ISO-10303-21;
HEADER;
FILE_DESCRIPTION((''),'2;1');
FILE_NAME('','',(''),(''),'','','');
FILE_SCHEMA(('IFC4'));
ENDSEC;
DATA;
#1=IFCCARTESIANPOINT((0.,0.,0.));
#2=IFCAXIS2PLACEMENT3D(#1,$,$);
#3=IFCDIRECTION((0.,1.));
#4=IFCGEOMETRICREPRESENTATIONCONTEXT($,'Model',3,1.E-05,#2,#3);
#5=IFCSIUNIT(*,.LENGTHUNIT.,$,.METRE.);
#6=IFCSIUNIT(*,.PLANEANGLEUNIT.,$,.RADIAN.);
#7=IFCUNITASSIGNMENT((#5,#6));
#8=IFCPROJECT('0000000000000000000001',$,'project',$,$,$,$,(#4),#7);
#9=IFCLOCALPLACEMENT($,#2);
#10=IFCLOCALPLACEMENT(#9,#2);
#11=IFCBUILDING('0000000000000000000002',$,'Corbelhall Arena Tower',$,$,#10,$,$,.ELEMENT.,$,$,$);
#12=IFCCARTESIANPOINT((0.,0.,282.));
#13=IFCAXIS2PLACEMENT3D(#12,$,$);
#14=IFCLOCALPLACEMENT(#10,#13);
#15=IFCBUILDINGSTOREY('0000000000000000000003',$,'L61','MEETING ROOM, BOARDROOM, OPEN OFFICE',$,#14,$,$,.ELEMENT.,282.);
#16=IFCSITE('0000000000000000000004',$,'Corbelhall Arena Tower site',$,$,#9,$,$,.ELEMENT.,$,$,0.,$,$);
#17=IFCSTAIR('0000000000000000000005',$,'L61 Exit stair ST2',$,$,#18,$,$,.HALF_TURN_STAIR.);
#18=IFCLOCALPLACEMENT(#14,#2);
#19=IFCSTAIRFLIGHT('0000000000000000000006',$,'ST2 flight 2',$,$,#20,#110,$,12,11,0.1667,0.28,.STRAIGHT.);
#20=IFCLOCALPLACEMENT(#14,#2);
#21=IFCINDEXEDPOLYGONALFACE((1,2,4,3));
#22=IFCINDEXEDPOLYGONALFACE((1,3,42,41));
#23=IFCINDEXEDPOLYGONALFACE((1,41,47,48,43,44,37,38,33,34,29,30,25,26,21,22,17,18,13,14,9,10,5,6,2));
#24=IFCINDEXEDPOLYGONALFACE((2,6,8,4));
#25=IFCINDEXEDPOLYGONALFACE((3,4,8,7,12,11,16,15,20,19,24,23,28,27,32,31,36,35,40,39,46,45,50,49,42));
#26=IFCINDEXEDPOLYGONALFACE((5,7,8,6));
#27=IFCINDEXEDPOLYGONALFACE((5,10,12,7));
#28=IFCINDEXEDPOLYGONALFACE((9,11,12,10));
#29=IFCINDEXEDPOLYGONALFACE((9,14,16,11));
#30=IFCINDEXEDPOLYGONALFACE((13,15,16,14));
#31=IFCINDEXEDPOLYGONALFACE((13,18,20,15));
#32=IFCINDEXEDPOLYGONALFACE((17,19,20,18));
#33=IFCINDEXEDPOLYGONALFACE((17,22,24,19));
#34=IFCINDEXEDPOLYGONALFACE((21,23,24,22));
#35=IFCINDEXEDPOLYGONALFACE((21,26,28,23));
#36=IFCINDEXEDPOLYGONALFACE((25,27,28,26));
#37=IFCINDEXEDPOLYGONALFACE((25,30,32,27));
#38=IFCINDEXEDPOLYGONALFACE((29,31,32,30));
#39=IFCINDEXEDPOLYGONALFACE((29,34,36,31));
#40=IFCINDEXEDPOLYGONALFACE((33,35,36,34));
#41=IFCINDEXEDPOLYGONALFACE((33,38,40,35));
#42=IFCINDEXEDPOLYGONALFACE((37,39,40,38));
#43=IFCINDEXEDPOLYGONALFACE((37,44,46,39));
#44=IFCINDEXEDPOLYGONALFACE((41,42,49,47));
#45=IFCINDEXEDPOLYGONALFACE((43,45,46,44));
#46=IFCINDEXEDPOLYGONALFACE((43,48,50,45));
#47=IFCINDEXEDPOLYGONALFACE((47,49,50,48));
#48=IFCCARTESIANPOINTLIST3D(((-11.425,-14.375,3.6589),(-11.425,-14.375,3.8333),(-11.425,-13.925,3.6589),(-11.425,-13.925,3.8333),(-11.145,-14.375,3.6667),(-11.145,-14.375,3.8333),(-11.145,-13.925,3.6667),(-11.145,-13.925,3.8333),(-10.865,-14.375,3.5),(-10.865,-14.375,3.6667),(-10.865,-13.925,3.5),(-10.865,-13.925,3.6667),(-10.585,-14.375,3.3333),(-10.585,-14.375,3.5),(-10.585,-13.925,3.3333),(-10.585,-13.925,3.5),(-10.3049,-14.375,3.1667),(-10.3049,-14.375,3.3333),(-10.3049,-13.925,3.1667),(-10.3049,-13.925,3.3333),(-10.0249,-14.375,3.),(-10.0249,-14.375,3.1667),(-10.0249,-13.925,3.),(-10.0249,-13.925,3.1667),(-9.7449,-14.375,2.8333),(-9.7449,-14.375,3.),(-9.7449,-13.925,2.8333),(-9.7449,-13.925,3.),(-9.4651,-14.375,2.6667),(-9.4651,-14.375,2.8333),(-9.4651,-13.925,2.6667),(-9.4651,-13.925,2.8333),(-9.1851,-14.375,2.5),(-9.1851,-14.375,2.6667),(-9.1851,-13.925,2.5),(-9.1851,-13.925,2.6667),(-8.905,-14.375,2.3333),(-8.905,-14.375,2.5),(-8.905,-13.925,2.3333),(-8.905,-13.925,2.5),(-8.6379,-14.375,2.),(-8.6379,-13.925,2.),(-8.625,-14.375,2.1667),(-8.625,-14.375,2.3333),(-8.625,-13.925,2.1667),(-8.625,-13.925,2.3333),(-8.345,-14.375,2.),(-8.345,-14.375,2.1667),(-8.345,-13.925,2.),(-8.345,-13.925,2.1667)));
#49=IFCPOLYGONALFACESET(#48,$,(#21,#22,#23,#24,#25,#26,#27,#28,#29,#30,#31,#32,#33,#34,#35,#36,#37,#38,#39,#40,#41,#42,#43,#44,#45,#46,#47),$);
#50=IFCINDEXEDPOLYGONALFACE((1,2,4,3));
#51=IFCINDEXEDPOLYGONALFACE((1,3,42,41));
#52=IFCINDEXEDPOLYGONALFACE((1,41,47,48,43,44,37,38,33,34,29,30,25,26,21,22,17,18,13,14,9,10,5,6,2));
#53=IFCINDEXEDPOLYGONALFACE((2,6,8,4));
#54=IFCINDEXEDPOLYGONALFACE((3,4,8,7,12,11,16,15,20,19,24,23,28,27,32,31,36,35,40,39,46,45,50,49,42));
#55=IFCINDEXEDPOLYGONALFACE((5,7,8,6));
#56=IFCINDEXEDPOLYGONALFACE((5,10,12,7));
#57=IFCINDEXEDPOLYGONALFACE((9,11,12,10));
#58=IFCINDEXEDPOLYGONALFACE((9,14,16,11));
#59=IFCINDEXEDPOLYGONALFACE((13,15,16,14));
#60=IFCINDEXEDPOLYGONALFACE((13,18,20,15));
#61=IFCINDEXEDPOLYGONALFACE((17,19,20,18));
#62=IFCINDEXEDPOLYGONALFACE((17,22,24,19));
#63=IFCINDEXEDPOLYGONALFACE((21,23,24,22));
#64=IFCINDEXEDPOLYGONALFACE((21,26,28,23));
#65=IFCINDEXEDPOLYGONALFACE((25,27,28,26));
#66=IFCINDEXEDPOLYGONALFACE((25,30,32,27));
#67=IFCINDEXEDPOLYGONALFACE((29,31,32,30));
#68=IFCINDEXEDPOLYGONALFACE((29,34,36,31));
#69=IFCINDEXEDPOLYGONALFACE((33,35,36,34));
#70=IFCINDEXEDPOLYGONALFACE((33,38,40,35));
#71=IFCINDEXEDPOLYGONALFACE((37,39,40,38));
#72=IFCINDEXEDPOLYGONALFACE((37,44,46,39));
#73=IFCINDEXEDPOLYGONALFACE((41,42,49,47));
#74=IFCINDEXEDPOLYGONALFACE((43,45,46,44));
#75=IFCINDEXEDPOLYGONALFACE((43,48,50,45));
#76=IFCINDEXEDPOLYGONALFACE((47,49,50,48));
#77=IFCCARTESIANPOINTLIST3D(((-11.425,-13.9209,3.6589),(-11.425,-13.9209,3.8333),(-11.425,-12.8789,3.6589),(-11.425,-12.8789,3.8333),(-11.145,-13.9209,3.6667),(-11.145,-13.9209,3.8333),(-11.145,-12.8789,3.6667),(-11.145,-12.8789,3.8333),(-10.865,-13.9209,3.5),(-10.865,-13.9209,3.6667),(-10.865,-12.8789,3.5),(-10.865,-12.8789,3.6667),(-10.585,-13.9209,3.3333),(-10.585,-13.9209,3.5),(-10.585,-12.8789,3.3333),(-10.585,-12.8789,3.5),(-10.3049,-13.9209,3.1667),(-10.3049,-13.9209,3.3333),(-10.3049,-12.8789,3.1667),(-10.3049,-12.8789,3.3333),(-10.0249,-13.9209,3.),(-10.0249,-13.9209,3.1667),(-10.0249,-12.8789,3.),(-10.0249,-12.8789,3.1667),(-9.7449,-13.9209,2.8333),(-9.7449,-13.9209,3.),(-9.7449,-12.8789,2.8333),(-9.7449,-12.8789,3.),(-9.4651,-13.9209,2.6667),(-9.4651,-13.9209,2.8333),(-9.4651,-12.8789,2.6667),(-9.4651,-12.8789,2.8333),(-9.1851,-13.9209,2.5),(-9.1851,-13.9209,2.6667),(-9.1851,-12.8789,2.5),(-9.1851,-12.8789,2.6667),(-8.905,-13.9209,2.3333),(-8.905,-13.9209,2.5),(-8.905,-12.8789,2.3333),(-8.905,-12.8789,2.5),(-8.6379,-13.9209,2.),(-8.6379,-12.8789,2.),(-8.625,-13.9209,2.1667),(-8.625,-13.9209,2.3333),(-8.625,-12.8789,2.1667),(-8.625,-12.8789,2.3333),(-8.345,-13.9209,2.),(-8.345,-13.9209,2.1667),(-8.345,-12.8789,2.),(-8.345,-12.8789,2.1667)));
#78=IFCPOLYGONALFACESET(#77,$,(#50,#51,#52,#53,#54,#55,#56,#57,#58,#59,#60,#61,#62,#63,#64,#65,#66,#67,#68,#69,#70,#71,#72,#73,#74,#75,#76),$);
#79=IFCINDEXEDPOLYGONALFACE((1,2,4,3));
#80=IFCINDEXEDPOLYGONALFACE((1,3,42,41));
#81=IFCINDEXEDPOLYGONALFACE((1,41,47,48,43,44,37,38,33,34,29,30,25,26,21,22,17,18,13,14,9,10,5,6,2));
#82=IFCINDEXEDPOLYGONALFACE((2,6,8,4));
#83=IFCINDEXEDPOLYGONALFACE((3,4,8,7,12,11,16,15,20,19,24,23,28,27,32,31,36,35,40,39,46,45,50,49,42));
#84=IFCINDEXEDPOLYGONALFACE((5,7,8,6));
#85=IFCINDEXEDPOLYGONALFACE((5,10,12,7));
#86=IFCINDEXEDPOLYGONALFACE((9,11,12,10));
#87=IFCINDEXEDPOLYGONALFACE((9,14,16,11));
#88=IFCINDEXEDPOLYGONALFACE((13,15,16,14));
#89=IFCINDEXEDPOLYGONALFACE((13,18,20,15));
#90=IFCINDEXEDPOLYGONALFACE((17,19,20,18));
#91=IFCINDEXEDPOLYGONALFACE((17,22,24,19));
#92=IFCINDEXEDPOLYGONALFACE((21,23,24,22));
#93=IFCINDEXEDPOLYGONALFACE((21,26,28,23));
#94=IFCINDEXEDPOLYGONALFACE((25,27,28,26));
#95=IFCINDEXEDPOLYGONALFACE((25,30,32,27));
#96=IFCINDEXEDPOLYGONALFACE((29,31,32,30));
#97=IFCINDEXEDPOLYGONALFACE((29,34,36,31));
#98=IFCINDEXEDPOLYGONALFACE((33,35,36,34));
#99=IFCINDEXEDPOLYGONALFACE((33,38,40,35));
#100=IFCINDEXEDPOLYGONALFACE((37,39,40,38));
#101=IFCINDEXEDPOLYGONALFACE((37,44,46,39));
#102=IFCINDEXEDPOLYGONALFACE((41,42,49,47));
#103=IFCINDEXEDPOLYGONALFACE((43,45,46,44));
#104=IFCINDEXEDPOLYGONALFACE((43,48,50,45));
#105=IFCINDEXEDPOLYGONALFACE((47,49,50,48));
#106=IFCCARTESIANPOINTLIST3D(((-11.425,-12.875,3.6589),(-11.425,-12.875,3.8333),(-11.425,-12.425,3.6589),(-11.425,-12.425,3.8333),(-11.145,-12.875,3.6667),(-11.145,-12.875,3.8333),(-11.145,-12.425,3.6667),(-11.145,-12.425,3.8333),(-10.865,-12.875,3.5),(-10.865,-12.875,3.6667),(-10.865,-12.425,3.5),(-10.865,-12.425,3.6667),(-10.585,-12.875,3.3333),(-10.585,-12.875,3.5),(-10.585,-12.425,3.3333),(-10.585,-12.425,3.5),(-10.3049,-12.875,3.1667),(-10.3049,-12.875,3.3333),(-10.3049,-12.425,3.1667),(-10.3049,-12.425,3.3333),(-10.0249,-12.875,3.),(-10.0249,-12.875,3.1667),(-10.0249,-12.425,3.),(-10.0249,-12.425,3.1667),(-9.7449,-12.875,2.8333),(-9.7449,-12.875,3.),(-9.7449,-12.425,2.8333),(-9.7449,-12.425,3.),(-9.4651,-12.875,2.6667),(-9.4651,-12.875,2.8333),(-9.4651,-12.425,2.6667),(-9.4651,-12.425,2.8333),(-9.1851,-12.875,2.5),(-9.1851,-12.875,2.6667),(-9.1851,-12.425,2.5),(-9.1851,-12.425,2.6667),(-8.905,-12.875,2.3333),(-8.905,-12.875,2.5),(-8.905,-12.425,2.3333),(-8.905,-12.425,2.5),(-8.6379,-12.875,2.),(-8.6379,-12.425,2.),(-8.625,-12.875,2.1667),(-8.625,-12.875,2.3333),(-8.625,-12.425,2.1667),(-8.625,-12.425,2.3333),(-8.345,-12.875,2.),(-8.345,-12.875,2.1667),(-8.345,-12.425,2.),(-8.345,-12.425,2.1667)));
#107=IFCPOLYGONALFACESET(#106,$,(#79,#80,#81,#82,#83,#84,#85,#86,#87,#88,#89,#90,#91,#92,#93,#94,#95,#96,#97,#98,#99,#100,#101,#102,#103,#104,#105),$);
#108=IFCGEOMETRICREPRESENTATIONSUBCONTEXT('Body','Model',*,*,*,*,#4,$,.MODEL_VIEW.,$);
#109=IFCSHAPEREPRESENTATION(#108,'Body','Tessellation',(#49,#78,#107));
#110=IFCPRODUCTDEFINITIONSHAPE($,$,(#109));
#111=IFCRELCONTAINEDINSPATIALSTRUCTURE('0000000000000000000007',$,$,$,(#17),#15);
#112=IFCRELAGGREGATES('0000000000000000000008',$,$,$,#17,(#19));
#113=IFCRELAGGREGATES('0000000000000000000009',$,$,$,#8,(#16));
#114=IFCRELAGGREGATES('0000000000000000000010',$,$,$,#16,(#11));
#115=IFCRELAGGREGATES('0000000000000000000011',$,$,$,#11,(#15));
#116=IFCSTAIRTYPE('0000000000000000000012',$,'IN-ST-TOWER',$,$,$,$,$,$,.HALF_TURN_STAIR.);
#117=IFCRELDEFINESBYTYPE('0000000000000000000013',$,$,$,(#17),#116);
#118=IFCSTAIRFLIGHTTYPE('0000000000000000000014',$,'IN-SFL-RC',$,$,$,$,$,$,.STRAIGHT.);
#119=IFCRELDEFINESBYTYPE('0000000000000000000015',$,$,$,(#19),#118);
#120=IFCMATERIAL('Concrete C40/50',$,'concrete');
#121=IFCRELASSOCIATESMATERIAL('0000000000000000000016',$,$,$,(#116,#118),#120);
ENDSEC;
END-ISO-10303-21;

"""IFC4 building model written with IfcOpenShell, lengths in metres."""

from ifc_helpers import new_model, si_unit, direction, frame, origin, place, context, subcontext, project, spatial, polyline, outline, extrude, material, type_object, element, aggregate, save


model = new_model("IFC4")

# Units and contexts
model_context = context("Model", 3, precision=1e-05, world=origin(), true_north=direction((0.0, 1.0)))
body_context = subcontext(model_context, "Body", "Model", "MODEL_VIEW")
ifc_project = project(units=[si_unit("LENGTHUNIT", "METRE"), si_unit("PLANEANGLEUNIT", "RADIAN")], contexts=[model_context])

# Site, building, storey
site_placement = place(None, origin())
site = spatial("IfcSite", under=ifc_project, at=site_placement, Name="Corbelhall Arena Tower site", CompositionType="ELEMENT", RefElevation=0.0)
building_placement = place(site_placement, origin())
building = spatial("IfcBuilding", under=site, at=building_placement, Name="Corbelhall Arena Tower", CompositionType="ELEMENT")
storey_placement = place(building_placement, frame((0.0, 0.0, 282.0)))
storey = spatial("IfcBuildingStorey", under=building, at=storey_placement, Name="L61", Description="MEETING ROOM, BOARDROOM, OPEN OFFICE", CompositionType="ELEMENT", Elevation=282.0)

# Shared definitions
ifc_material_1 = material(Name="Concrete C40/50", Category="concrete")

# Stair, stair flight
stair_type = type_object("IfcStairType", Name="IN-ST-TOWER", PredefinedType="HALF_TURN_STAIR", material=ifc_material_1)
stair_placement = place(storey_placement, origin())
stair = element("IfcStair", 1, at=stair_placement, inside=storey, type_object=stair_type, Name="L61 Exit stair ST2", PredefinedType="HALF_TURN_STAIR")
stair_flight_type = type_object("IfcStairFlightType", Name="IN-SFL-RC", PredefinedType="STRAIGHT", material=ifc_material_1)
stair_flight_1_placement = place(storey_placement, frame((-8.345, -13.3999, 2.0), z_axis=(0.0, 0.0, 1.0), x_axis=(-1.0, 0.0, 0.0)))
stair_flight_1 = element("IfcStairFlight", 2, at=stair_flight_1_placement, type_object=stair_flight_type, Name="ST2 flight 2", NumberOfRisers=12, NumberOfTreads=11, PredefinedType="STRAIGHT", RiserHeight=0.1667, TreadLength=0.28, context=body_context, shape_type="SweptSolid", body=[
    extrude(outline(polyline([(0.0, 0.0), (0.0, 0.1667), (0.28, 0.1667), (0.28, 0.3333), (0.5601, 0.3333), (0.5601, 0.5), (0.8401, 0.5), (0.8401, 0.6667), (1.1201, 0.6667), (1.1201, 0.8333), (1.3999, 0.8333), (1.3999, 1.0), (1.6799, 1.0), (1.6799, 1.1667), (1.96, 1.1667), (1.96, 1.3333), (2.24, 1.3333), (2.24, 1.5), (2.52, 1.5), (2.52, 1.6667), (2.8, 1.6667), (2.8, 1.8333), (3.0801, 1.8333), (3.0801, 2.0), (3.0801, 1.6589), (0.293, 0.0), (0.0, 0.0)])), frame((0.0, 0.9751, 0.0), z_axis=(0.0, -1.0, 0.0), x_axis=(1.0, 0.0, 0.0)), (0.0, 0.0, 1.0), 0.45),
    extrude(outline(polyline([(0.0, 0.0), (0.0, 0.1667), (0.28, 0.1667), (0.28, 0.3333), (0.5601, 0.3333), (0.5601, 0.5), (0.8401, 0.5), (0.8401, 0.6667), (1.1201, 0.6667), (1.1201, 0.8333), (1.3999, 0.8333), (1.3999, 1.0), (1.6799, 1.0), (1.6799, 1.1667), (1.96, 1.1667), (1.96, 1.3333), (2.24, 1.3333), (2.24, 1.5), (2.52, 1.5), (2.52, 1.6667), (2.8, 1.6667), (2.8, 1.8333), (3.0801, 1.8333), (3.0801, 2.0), (3.0801, 1.6589), (0.293, 0.0), (0.0, 0.0)])), frame((0.0, 0.521, 0.0), z_axis=(0.0, -1.0, 0.0), x_axis=(1.0, 0.0, 0.0)), (0.0, 0.0, 1.0), 1.042),
    extrude(outline(polyline([(0.0, 0.0), (0.0, 0.1667), (0.28, 0.1667), (0.28, 0.3333), (0.5601, 0.3333), (0.5601, 0.5), (0.8401, 0.5), (0.8401, 0.6667), (1.1201, 0.6667), (1.1201, 0.8333), (1.3999, 0.8333), (1.3999, 1.0), (1.6799, 1.0), (1.6799, 1.1667), (1.96, 1.1667), (1.96, 1.3333), (2.24, 1.3333), (2.24, 1.5), (2.52, 1.5), (2.52, 1.6667), (2.8, 1.6667), (2.8, 1.8333), (3.0801, 1.8333), (3.0801, 2.0), (3.0801, 1.6589), (0.293, 0.0), (0.0, 0.0)])), frame((0.0, -0.5249, 0.0), z_axis=(0.0, -1.0, 0.0), x_axis=(1.0, 0.0, 0.0)), (0.0, 0.0, 1.0), 0.45),
])
aggregate(stair, [stair_flight_1])

save(model, "model.ifc")
